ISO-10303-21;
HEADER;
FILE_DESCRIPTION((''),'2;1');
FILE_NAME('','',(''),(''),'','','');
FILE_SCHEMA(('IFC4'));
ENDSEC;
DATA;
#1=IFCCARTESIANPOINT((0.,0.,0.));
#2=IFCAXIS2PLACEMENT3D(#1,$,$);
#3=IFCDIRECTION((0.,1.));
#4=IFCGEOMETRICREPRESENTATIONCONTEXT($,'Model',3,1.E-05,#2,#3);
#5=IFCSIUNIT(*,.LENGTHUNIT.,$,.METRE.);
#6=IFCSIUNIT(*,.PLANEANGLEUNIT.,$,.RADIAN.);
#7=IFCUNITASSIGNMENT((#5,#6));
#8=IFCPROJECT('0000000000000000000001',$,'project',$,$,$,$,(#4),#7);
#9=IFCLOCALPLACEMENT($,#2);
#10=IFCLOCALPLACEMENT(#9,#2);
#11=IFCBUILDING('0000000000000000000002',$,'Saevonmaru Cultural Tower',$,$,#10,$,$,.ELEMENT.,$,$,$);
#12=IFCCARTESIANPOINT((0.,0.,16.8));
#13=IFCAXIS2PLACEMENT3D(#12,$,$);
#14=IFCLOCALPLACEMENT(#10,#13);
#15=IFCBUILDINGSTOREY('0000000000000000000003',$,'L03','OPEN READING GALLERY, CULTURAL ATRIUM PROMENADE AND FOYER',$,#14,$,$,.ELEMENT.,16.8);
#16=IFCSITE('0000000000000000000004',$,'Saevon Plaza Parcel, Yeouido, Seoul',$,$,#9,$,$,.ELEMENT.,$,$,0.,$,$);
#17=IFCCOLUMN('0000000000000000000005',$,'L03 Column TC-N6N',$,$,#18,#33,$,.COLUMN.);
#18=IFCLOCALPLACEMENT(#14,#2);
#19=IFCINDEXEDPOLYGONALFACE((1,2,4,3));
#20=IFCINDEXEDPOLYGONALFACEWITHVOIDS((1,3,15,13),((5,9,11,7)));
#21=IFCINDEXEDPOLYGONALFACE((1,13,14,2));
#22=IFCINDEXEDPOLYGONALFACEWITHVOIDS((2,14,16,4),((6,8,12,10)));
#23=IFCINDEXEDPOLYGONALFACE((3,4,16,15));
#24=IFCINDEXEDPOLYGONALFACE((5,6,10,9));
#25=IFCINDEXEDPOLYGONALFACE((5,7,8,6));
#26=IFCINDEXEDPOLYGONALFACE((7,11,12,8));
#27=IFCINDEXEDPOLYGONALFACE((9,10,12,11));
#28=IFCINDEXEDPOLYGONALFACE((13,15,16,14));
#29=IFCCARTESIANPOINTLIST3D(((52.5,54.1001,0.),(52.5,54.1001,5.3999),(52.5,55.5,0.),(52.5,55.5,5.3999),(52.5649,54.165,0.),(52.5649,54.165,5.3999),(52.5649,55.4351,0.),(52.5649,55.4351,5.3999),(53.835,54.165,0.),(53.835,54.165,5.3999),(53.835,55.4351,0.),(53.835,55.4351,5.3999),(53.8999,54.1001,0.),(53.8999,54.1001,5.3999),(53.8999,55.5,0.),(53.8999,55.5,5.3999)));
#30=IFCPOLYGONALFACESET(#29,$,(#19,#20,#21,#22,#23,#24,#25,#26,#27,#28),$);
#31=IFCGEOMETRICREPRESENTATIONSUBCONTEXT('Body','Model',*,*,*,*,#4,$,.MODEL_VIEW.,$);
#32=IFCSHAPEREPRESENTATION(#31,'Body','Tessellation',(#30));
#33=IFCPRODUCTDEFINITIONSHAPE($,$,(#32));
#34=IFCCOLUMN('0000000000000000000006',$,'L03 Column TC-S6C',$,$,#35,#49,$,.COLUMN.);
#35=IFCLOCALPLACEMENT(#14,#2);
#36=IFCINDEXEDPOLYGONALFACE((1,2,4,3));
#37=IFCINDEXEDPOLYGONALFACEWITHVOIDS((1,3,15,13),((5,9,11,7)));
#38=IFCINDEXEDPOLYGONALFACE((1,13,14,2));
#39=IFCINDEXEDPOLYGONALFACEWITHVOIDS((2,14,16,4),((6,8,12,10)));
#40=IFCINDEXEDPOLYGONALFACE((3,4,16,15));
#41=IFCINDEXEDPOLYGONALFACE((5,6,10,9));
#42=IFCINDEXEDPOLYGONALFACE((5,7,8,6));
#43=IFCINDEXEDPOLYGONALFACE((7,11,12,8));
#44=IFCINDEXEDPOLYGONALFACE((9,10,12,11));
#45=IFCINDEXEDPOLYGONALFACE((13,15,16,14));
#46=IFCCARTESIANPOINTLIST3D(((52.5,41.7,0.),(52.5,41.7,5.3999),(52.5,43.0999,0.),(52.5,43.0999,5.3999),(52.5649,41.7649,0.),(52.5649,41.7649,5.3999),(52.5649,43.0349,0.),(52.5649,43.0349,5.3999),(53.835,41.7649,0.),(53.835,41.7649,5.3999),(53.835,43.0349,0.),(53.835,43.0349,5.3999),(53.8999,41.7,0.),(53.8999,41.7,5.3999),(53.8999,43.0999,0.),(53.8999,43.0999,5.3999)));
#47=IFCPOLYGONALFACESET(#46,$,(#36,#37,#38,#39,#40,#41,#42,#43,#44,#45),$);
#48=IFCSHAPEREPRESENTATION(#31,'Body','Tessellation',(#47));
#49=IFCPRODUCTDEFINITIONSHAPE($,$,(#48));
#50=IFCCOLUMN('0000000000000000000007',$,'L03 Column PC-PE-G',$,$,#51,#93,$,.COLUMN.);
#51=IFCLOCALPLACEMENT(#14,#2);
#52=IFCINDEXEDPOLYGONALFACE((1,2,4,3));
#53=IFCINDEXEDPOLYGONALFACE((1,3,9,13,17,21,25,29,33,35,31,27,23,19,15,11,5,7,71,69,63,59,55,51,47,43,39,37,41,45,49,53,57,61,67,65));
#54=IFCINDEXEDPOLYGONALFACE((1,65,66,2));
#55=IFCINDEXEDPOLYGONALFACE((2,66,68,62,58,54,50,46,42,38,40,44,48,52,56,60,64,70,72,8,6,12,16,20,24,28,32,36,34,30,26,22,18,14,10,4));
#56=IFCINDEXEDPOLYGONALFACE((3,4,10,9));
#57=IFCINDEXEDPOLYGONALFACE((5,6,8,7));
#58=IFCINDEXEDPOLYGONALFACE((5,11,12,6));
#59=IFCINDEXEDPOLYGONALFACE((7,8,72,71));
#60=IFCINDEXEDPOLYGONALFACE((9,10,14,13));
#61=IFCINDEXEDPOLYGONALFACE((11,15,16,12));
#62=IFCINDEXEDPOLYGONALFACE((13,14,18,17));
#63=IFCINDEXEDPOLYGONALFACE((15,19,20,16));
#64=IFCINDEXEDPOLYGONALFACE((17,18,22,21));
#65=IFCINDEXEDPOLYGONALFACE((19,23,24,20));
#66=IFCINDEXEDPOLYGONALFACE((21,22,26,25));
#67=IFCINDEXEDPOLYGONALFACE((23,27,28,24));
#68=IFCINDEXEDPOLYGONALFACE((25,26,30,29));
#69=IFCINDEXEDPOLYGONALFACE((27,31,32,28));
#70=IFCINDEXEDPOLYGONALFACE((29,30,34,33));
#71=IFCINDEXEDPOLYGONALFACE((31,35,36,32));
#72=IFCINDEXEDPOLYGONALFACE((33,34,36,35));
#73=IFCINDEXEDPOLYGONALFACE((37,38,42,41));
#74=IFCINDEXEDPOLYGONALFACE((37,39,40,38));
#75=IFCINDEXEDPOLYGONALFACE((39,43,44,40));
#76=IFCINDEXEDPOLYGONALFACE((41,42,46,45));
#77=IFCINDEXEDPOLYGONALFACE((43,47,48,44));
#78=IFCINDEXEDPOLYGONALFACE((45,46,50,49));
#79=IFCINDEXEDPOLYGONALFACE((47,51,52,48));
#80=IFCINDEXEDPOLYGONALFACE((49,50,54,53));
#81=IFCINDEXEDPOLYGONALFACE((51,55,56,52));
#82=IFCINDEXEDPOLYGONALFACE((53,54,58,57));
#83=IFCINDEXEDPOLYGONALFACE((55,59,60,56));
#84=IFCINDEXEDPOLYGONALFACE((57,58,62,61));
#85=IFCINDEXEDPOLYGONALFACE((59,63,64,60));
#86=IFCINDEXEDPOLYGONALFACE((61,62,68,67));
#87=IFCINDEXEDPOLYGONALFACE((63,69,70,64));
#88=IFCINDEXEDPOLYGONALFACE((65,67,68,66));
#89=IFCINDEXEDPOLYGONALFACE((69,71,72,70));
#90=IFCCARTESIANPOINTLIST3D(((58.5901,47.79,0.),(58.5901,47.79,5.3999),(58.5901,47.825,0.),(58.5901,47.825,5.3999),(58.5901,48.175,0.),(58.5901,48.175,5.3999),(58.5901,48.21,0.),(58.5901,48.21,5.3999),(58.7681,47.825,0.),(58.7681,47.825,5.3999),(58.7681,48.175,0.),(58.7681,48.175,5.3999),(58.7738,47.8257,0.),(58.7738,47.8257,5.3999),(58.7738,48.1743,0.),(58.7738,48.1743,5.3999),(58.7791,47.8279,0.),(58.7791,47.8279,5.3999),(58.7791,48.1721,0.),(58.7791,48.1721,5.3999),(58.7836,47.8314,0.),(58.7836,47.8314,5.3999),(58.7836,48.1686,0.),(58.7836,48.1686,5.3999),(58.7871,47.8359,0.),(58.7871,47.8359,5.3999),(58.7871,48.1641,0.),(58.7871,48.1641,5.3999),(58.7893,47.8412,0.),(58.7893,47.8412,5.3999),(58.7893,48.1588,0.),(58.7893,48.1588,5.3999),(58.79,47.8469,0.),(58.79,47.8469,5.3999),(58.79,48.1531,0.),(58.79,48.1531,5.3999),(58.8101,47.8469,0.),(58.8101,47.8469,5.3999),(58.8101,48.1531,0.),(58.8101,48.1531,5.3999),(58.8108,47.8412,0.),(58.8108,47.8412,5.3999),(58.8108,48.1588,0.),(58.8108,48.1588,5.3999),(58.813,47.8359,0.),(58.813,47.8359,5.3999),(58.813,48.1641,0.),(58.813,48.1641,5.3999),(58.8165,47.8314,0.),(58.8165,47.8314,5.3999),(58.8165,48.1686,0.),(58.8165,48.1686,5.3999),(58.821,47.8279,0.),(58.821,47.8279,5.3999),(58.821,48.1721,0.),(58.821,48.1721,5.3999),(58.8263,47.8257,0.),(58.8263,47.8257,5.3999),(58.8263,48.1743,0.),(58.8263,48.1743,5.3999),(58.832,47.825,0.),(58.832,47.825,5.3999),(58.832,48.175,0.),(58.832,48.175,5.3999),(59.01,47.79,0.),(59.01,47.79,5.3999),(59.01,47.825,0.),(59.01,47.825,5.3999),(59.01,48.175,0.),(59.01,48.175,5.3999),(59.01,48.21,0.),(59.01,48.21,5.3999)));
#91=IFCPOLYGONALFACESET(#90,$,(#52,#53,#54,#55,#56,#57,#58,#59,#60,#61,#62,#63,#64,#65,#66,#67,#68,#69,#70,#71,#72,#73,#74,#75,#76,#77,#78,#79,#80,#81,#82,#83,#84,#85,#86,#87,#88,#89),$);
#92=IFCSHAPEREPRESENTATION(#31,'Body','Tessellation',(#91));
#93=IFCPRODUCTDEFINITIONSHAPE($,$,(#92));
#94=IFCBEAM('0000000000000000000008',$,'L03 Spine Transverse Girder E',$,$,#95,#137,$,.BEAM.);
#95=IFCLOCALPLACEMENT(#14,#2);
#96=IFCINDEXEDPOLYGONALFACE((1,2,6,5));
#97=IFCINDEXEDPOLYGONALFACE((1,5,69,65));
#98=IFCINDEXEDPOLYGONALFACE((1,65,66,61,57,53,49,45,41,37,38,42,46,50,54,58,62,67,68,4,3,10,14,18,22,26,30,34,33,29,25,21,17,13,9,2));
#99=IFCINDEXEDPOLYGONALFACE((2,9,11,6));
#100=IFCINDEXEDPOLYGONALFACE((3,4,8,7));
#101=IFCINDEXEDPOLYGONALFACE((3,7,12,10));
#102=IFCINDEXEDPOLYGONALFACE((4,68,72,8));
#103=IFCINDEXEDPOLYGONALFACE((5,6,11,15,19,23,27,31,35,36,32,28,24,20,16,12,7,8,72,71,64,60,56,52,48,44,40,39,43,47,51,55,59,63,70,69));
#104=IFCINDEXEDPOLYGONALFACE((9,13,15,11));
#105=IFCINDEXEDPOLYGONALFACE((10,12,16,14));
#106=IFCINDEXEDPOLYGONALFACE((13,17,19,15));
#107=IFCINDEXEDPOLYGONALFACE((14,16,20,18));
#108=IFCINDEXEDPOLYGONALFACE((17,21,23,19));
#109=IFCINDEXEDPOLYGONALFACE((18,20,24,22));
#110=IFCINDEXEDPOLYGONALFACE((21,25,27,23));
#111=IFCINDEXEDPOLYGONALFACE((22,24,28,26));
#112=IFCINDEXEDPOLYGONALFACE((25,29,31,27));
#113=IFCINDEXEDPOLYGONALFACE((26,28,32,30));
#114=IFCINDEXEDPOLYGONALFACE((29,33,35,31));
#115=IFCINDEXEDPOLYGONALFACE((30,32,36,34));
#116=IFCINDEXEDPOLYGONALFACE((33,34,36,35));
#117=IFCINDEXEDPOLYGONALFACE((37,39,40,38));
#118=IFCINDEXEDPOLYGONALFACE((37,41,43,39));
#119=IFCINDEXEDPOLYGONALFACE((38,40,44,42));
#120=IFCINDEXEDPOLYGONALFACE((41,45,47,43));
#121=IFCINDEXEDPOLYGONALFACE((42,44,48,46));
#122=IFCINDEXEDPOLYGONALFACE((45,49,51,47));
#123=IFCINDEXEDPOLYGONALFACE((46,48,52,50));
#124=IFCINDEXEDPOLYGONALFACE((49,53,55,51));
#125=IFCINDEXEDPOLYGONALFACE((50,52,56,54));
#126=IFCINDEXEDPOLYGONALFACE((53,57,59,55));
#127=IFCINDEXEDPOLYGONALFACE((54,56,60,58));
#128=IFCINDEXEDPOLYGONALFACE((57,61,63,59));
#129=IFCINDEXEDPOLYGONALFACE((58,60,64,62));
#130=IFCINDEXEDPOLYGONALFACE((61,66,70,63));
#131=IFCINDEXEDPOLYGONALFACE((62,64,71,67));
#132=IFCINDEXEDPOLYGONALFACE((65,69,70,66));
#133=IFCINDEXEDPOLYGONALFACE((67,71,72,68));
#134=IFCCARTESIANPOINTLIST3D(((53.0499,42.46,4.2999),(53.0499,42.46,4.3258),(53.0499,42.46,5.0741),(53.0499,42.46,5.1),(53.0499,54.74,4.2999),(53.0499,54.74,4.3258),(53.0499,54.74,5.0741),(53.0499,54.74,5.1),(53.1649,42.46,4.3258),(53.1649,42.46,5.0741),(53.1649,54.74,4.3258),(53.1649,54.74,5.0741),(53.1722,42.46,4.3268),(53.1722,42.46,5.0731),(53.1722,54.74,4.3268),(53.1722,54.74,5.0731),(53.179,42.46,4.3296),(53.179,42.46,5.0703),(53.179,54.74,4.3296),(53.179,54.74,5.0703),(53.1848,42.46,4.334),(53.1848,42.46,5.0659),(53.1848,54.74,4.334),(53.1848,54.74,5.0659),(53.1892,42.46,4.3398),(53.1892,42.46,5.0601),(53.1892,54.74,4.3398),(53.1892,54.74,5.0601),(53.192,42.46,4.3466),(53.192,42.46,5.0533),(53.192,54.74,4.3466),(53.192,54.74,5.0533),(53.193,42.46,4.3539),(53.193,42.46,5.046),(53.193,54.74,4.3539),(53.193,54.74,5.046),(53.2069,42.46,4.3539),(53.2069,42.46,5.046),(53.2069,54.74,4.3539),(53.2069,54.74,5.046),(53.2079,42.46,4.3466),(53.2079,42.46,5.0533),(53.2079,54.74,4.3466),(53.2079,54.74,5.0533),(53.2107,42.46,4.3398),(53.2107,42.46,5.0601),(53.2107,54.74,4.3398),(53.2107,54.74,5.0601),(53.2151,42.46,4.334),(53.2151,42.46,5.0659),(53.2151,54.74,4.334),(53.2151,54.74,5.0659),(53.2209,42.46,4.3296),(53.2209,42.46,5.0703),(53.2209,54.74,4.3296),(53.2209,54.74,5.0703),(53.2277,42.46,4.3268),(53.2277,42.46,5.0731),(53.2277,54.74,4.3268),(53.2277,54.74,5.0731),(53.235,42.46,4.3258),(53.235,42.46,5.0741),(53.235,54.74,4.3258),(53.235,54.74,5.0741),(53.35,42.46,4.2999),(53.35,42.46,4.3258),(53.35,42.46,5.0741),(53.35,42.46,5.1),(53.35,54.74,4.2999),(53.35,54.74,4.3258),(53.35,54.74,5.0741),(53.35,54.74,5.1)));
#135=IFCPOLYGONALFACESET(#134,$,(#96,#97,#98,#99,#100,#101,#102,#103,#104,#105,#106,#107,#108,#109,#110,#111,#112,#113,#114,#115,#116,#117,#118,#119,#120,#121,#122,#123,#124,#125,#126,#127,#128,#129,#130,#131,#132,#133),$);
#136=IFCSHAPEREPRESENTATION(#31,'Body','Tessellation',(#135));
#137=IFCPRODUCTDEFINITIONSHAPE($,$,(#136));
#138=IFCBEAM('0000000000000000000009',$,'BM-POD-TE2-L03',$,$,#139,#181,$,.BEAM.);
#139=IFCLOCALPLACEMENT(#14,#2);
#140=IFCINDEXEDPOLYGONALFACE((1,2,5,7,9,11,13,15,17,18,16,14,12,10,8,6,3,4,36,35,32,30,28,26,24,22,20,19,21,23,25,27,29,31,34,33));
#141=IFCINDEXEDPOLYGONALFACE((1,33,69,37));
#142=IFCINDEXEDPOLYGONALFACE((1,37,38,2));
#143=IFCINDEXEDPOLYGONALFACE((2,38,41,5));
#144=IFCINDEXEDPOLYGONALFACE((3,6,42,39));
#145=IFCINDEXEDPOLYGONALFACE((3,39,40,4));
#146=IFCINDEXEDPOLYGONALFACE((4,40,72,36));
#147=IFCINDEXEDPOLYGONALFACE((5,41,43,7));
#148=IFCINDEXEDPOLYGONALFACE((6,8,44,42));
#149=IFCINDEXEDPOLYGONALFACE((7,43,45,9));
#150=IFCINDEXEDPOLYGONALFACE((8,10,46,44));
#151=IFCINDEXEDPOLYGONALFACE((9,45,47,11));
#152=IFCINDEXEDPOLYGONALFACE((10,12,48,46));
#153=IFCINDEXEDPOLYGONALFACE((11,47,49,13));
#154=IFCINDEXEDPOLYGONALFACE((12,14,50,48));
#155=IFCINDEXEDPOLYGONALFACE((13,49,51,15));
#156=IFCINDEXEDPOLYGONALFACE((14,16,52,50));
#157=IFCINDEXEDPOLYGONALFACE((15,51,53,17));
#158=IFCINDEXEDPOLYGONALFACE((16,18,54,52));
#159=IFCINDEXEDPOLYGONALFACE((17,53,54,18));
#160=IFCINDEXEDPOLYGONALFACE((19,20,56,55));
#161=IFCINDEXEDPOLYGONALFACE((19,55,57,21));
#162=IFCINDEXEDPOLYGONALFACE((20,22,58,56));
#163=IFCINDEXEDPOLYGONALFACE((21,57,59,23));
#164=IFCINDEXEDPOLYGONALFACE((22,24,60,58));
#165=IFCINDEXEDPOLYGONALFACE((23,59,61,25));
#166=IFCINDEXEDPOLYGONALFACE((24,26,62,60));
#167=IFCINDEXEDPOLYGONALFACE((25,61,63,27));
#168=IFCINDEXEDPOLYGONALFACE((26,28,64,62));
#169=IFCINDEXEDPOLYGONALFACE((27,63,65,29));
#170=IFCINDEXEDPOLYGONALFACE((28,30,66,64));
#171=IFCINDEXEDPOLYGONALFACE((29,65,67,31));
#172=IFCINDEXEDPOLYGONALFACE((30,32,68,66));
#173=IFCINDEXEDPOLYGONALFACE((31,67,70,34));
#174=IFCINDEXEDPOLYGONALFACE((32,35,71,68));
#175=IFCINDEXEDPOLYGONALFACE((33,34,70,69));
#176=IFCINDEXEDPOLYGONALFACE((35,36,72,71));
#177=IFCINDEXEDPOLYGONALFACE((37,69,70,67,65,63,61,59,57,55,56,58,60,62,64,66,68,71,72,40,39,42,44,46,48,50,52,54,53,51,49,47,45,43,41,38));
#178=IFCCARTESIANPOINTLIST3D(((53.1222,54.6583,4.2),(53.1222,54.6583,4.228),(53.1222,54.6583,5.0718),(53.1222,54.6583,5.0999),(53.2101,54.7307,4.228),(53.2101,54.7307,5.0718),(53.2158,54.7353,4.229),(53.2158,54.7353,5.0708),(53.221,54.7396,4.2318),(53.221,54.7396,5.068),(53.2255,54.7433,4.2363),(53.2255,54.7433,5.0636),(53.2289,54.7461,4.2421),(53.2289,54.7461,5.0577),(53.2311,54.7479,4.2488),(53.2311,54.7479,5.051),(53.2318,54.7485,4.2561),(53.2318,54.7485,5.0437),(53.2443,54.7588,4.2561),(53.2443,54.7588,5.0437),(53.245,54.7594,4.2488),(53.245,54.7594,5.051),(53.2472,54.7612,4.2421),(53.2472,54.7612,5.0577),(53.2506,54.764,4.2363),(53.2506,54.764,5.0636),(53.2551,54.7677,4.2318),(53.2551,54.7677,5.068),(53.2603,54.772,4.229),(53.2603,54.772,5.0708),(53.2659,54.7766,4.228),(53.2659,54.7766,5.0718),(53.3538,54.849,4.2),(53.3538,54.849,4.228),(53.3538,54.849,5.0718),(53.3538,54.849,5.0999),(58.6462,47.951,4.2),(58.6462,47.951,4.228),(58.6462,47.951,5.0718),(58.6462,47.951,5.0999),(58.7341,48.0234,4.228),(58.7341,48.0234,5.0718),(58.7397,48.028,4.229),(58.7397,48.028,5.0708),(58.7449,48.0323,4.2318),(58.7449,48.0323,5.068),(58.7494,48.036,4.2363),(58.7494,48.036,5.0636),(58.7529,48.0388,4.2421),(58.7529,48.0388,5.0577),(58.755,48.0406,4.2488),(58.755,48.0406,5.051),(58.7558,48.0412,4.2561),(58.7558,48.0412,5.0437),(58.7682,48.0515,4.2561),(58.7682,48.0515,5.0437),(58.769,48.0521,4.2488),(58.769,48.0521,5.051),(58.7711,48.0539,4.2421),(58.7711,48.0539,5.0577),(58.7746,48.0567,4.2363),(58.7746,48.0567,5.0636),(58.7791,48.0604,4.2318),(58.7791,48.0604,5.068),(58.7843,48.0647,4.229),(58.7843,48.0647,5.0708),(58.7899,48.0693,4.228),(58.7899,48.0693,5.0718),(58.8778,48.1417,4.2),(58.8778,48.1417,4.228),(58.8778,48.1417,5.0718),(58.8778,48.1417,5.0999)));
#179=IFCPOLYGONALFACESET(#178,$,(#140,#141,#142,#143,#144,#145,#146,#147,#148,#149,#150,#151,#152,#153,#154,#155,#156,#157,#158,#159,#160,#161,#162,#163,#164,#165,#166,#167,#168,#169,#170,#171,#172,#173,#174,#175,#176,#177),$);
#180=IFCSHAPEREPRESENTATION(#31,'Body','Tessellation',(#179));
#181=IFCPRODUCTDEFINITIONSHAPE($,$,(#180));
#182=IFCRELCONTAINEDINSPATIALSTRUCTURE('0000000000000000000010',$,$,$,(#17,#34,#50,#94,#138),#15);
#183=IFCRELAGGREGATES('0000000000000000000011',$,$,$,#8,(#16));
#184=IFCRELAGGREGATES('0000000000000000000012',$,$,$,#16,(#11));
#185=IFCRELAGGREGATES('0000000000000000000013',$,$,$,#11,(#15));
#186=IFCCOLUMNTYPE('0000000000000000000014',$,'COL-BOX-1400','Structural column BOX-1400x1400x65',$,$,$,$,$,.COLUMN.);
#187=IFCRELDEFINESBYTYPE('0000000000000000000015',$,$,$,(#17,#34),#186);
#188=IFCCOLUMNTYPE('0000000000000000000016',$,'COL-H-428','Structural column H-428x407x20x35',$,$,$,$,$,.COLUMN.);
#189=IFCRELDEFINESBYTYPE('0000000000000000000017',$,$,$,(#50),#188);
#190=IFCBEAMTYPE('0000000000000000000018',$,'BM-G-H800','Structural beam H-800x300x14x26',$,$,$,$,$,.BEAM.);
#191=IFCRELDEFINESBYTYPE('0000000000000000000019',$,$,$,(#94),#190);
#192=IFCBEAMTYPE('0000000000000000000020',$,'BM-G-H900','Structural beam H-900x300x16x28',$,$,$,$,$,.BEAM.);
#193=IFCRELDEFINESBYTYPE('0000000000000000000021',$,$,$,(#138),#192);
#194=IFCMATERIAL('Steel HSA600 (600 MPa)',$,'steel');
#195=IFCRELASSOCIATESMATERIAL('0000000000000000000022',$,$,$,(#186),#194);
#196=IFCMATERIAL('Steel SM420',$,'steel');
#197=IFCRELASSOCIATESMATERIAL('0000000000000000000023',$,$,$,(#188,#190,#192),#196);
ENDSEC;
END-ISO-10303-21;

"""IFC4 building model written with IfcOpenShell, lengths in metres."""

from ifc_helpers import new_model, si_unit, direction, frame, origin, origin_2d, place, context, subcontext, project, spatial, hollow_rectangle, i_section, extrude, material, material_profile, profile_set, type_object, element, save


model = new_model("IFC4")

# Units and contexts
model_context = context("Model", 3, precision=1e-05, world=origin(), true_north=direction((0.0, 1.0)))
body_context = subcontext(model_context, "Body", "Model", "MODEL_VIEW")
ifc_project = project(units=[si_unit("LENGTHUNIT", "METRE"), si_unit("PLANEANGLEUNIT", "RADIAN")], contexts=[model_context])

# Site, building, storey
site_placement = place(None, origin())
site = spatial("IfcSite", under=ifc_project, at=site_placement, Name="Saevon Plaza Parcel, Yeouido, Seoul", CompositionType="ELEMENT", RefElevation=0.0)
building_placement = place(site_placement, origin())
building = spatial("IfcBuilding", under=site, at=building_placement, Name="Saevonmaru Cultural Tower", CompositionType="ELEMENT")
storey_placement = place(building_placement, frame((0.0, 0.0, 16.8)))
storey = spatial("IfcBuildingStorey", under=building, at=storey_placement, Name="L03", Description="OPEN READING GALLERY, CULTURAL ATRIUM PROMENADE AND FOYER", CompositionType="ELEMENT", Elevation=16.8)

# Columns
ifc_material_1 = material(Name="Steel HSA600 (600 MPa)", Category="steel")
ifc_material_profile_1 = material_profile(ifc_material_1, hollow_rectangle(XDim=1.3999, YDim=1.3999, WallThickness=0.0649, at=origin_2d()), Name="BOX-1400x1400x65")
ifc_profile_set_1 = profile_set([ifc_material_profile_1], Name="Steel HSA600 (600 MPa)")
column_type_1 = type_object("IfcColumnType", Name="COL-BOX-1400", Description="Structural column BOX-1400x1400x65", PredefinedType="COLUMN", material=ifc_profile_set_1)
for number, where, z_axis, x_axis, name in (
    (1, (53.2, 54.8, 0.0), (0.0, 0.0, 1.0), (1.0, 0.0, 0.0), "L03 Column TC-N6N"),
    (2, (53.2, 42.3999, 0.0), (0.0, 0.0, 1.0), (1.0, 0.0, 0.0), "L03 Column TC-S6C"),
):
    element("IfcColumn", number, at=place(storey_placement, frame(where, z_axis=z_axis, x_axis=x_axis)), inside=storey, type_object=column_type_1, Name=name, PredefinedType="COLUMN", context=body_context, shape_type="SweptSolid", body=[
        extrude(hollow_rectangle(XDim=1.3999, YDim=1.3999, WallThickness=0.0649, at=origin_2d()), origin(), (0.0, 0.0, 1.0), 5.3999),
    ])
ifc_material_2 = material(Name="Steel SM420", Category="steel")
ifc_material_profile_2 = material_profile(ifc_material_2, i_section(OverallWidth=0.4199, OverallDepth=0.4199, WebThickness=0.02, FlangeThickness=0.0349, FilletRadius=0.022, at=origin_2d()), Name="H-428x407x20x35")
ifc_profile_set_2 = profile_set([ifc_material_profile_2], Name="Steel SM420")
column_type_2 = type_object("IfcColumnType", Name="COL-H-428", Description="Structural column H-428x407x20x35", PredefinedType="COLUMN", material=ifc_profile_set_2)
column_placement = place(storey_placement, frame((58.8, 48.0, 0.0), z_axis=(0.0, 0.0, 1.0), x_axis=(1.0, 0.0, 0.0)))
element("IfcColumn", 3, at=column_placement, inside=storey, type_object=column_type_2, Name="L03 Column PC-PE-G", PredefinedType="COLUMN", context=body_context, shape_type="SweptSolid", body=[
    extrude(i_section(OverallWidth=0.4199, OverallDepth=0.4199, WebThickness=0.02, FlangeThickness=0.0349, FilletRadius=0.022, at=origin_2d()), origin(), (0.0, 0.0, 1.0), 5.3999),
])

# Beams
ifc_material_profile_3 = material_profile(ifc_material_2, i_section(OverallWidth=0.3, OverallDepth=0.8, WebThickness=0.0139, FlangeThickness=0.0259, FilletRadius=0.0281, at=origin_2d()), Name="H-800x300x14x26")
ifc_profile_set_3 = profile_set([ifc_material_profile_3], Name="Steel SM420")
beam_type_1 = type_object("IfcBeamType", Name="BM-G-H800", Description="Structural beam H-800x300x14x26", PredefinedType="BEAM", material=ifc_profile_set_3)
beam_1_placement = place(storey_placement, frame((53.2, 54.74, 4.7), z_axis=(0.0, -1.0, 0.0), x_axis=(1.0, 0.0, 0.0)))
element("IfcBeam", 4, at=beam_1_placement, inside=storey, type_object=beam_type_1, Name="L03 Spine Transverse Girder E", PredefinedType="BEAM", context=body_context, shape_type="SweptSolid", body=[
    extrude(i_section(OverallWidth=0.3, OverallDepth=0.8, WebThickness=0.0139, FlangeThickness=0.0259, FilletRadius=0.0281, at=origin_2d()), origin(), (0.0, 0.0, 1.0), 12.28),
])
ifc_material_profile_4 = material_profile(ifc_material_2, i_section(OverallWidth=0.3, OverallDepth=0.8999, WebThickness=0.0161, FlangeThickness=0.0281, FilletRadius=0.0281, at=origin_2d()), Name="H-900x300x16x28")
ifc_profile_set_4 = profile_set([ifc_material_profile_4], Name="Steel SM420")
beam_type_2 = type_object("IfcBeamType", Name="BM-G-H900", Description="Structural beam H-900x300x16x28", PredefinedType="BEAM", material=ifc_profile_set_4)
beam_2_placement = place(storey_placement, frame((53.238, 54.7537, 4.6499), z_axis=(0.635727, -0.771914, 0.0), x_axis=(0.771914, 0.635727, 0.0)))
element("IfcBeam", 5, at=beam_2_placement, inside=storey, type_object=beam_type_2, Name="BM-POD-TE2-L03", PredefinedType="BEAM", context=body_context, shape_type="SweptSolid", body=[
    extrude(i_section(OverallWidth=0.3, OverallDepth=0.8999, WebThickness=0.0161, FlangeThickness=0.0281, FilletRadius=0.0281, at=origin_2d()), origin(), (0.0, 0.0, 1.0), 8.6892),
])

save(model, "model.ifc")
